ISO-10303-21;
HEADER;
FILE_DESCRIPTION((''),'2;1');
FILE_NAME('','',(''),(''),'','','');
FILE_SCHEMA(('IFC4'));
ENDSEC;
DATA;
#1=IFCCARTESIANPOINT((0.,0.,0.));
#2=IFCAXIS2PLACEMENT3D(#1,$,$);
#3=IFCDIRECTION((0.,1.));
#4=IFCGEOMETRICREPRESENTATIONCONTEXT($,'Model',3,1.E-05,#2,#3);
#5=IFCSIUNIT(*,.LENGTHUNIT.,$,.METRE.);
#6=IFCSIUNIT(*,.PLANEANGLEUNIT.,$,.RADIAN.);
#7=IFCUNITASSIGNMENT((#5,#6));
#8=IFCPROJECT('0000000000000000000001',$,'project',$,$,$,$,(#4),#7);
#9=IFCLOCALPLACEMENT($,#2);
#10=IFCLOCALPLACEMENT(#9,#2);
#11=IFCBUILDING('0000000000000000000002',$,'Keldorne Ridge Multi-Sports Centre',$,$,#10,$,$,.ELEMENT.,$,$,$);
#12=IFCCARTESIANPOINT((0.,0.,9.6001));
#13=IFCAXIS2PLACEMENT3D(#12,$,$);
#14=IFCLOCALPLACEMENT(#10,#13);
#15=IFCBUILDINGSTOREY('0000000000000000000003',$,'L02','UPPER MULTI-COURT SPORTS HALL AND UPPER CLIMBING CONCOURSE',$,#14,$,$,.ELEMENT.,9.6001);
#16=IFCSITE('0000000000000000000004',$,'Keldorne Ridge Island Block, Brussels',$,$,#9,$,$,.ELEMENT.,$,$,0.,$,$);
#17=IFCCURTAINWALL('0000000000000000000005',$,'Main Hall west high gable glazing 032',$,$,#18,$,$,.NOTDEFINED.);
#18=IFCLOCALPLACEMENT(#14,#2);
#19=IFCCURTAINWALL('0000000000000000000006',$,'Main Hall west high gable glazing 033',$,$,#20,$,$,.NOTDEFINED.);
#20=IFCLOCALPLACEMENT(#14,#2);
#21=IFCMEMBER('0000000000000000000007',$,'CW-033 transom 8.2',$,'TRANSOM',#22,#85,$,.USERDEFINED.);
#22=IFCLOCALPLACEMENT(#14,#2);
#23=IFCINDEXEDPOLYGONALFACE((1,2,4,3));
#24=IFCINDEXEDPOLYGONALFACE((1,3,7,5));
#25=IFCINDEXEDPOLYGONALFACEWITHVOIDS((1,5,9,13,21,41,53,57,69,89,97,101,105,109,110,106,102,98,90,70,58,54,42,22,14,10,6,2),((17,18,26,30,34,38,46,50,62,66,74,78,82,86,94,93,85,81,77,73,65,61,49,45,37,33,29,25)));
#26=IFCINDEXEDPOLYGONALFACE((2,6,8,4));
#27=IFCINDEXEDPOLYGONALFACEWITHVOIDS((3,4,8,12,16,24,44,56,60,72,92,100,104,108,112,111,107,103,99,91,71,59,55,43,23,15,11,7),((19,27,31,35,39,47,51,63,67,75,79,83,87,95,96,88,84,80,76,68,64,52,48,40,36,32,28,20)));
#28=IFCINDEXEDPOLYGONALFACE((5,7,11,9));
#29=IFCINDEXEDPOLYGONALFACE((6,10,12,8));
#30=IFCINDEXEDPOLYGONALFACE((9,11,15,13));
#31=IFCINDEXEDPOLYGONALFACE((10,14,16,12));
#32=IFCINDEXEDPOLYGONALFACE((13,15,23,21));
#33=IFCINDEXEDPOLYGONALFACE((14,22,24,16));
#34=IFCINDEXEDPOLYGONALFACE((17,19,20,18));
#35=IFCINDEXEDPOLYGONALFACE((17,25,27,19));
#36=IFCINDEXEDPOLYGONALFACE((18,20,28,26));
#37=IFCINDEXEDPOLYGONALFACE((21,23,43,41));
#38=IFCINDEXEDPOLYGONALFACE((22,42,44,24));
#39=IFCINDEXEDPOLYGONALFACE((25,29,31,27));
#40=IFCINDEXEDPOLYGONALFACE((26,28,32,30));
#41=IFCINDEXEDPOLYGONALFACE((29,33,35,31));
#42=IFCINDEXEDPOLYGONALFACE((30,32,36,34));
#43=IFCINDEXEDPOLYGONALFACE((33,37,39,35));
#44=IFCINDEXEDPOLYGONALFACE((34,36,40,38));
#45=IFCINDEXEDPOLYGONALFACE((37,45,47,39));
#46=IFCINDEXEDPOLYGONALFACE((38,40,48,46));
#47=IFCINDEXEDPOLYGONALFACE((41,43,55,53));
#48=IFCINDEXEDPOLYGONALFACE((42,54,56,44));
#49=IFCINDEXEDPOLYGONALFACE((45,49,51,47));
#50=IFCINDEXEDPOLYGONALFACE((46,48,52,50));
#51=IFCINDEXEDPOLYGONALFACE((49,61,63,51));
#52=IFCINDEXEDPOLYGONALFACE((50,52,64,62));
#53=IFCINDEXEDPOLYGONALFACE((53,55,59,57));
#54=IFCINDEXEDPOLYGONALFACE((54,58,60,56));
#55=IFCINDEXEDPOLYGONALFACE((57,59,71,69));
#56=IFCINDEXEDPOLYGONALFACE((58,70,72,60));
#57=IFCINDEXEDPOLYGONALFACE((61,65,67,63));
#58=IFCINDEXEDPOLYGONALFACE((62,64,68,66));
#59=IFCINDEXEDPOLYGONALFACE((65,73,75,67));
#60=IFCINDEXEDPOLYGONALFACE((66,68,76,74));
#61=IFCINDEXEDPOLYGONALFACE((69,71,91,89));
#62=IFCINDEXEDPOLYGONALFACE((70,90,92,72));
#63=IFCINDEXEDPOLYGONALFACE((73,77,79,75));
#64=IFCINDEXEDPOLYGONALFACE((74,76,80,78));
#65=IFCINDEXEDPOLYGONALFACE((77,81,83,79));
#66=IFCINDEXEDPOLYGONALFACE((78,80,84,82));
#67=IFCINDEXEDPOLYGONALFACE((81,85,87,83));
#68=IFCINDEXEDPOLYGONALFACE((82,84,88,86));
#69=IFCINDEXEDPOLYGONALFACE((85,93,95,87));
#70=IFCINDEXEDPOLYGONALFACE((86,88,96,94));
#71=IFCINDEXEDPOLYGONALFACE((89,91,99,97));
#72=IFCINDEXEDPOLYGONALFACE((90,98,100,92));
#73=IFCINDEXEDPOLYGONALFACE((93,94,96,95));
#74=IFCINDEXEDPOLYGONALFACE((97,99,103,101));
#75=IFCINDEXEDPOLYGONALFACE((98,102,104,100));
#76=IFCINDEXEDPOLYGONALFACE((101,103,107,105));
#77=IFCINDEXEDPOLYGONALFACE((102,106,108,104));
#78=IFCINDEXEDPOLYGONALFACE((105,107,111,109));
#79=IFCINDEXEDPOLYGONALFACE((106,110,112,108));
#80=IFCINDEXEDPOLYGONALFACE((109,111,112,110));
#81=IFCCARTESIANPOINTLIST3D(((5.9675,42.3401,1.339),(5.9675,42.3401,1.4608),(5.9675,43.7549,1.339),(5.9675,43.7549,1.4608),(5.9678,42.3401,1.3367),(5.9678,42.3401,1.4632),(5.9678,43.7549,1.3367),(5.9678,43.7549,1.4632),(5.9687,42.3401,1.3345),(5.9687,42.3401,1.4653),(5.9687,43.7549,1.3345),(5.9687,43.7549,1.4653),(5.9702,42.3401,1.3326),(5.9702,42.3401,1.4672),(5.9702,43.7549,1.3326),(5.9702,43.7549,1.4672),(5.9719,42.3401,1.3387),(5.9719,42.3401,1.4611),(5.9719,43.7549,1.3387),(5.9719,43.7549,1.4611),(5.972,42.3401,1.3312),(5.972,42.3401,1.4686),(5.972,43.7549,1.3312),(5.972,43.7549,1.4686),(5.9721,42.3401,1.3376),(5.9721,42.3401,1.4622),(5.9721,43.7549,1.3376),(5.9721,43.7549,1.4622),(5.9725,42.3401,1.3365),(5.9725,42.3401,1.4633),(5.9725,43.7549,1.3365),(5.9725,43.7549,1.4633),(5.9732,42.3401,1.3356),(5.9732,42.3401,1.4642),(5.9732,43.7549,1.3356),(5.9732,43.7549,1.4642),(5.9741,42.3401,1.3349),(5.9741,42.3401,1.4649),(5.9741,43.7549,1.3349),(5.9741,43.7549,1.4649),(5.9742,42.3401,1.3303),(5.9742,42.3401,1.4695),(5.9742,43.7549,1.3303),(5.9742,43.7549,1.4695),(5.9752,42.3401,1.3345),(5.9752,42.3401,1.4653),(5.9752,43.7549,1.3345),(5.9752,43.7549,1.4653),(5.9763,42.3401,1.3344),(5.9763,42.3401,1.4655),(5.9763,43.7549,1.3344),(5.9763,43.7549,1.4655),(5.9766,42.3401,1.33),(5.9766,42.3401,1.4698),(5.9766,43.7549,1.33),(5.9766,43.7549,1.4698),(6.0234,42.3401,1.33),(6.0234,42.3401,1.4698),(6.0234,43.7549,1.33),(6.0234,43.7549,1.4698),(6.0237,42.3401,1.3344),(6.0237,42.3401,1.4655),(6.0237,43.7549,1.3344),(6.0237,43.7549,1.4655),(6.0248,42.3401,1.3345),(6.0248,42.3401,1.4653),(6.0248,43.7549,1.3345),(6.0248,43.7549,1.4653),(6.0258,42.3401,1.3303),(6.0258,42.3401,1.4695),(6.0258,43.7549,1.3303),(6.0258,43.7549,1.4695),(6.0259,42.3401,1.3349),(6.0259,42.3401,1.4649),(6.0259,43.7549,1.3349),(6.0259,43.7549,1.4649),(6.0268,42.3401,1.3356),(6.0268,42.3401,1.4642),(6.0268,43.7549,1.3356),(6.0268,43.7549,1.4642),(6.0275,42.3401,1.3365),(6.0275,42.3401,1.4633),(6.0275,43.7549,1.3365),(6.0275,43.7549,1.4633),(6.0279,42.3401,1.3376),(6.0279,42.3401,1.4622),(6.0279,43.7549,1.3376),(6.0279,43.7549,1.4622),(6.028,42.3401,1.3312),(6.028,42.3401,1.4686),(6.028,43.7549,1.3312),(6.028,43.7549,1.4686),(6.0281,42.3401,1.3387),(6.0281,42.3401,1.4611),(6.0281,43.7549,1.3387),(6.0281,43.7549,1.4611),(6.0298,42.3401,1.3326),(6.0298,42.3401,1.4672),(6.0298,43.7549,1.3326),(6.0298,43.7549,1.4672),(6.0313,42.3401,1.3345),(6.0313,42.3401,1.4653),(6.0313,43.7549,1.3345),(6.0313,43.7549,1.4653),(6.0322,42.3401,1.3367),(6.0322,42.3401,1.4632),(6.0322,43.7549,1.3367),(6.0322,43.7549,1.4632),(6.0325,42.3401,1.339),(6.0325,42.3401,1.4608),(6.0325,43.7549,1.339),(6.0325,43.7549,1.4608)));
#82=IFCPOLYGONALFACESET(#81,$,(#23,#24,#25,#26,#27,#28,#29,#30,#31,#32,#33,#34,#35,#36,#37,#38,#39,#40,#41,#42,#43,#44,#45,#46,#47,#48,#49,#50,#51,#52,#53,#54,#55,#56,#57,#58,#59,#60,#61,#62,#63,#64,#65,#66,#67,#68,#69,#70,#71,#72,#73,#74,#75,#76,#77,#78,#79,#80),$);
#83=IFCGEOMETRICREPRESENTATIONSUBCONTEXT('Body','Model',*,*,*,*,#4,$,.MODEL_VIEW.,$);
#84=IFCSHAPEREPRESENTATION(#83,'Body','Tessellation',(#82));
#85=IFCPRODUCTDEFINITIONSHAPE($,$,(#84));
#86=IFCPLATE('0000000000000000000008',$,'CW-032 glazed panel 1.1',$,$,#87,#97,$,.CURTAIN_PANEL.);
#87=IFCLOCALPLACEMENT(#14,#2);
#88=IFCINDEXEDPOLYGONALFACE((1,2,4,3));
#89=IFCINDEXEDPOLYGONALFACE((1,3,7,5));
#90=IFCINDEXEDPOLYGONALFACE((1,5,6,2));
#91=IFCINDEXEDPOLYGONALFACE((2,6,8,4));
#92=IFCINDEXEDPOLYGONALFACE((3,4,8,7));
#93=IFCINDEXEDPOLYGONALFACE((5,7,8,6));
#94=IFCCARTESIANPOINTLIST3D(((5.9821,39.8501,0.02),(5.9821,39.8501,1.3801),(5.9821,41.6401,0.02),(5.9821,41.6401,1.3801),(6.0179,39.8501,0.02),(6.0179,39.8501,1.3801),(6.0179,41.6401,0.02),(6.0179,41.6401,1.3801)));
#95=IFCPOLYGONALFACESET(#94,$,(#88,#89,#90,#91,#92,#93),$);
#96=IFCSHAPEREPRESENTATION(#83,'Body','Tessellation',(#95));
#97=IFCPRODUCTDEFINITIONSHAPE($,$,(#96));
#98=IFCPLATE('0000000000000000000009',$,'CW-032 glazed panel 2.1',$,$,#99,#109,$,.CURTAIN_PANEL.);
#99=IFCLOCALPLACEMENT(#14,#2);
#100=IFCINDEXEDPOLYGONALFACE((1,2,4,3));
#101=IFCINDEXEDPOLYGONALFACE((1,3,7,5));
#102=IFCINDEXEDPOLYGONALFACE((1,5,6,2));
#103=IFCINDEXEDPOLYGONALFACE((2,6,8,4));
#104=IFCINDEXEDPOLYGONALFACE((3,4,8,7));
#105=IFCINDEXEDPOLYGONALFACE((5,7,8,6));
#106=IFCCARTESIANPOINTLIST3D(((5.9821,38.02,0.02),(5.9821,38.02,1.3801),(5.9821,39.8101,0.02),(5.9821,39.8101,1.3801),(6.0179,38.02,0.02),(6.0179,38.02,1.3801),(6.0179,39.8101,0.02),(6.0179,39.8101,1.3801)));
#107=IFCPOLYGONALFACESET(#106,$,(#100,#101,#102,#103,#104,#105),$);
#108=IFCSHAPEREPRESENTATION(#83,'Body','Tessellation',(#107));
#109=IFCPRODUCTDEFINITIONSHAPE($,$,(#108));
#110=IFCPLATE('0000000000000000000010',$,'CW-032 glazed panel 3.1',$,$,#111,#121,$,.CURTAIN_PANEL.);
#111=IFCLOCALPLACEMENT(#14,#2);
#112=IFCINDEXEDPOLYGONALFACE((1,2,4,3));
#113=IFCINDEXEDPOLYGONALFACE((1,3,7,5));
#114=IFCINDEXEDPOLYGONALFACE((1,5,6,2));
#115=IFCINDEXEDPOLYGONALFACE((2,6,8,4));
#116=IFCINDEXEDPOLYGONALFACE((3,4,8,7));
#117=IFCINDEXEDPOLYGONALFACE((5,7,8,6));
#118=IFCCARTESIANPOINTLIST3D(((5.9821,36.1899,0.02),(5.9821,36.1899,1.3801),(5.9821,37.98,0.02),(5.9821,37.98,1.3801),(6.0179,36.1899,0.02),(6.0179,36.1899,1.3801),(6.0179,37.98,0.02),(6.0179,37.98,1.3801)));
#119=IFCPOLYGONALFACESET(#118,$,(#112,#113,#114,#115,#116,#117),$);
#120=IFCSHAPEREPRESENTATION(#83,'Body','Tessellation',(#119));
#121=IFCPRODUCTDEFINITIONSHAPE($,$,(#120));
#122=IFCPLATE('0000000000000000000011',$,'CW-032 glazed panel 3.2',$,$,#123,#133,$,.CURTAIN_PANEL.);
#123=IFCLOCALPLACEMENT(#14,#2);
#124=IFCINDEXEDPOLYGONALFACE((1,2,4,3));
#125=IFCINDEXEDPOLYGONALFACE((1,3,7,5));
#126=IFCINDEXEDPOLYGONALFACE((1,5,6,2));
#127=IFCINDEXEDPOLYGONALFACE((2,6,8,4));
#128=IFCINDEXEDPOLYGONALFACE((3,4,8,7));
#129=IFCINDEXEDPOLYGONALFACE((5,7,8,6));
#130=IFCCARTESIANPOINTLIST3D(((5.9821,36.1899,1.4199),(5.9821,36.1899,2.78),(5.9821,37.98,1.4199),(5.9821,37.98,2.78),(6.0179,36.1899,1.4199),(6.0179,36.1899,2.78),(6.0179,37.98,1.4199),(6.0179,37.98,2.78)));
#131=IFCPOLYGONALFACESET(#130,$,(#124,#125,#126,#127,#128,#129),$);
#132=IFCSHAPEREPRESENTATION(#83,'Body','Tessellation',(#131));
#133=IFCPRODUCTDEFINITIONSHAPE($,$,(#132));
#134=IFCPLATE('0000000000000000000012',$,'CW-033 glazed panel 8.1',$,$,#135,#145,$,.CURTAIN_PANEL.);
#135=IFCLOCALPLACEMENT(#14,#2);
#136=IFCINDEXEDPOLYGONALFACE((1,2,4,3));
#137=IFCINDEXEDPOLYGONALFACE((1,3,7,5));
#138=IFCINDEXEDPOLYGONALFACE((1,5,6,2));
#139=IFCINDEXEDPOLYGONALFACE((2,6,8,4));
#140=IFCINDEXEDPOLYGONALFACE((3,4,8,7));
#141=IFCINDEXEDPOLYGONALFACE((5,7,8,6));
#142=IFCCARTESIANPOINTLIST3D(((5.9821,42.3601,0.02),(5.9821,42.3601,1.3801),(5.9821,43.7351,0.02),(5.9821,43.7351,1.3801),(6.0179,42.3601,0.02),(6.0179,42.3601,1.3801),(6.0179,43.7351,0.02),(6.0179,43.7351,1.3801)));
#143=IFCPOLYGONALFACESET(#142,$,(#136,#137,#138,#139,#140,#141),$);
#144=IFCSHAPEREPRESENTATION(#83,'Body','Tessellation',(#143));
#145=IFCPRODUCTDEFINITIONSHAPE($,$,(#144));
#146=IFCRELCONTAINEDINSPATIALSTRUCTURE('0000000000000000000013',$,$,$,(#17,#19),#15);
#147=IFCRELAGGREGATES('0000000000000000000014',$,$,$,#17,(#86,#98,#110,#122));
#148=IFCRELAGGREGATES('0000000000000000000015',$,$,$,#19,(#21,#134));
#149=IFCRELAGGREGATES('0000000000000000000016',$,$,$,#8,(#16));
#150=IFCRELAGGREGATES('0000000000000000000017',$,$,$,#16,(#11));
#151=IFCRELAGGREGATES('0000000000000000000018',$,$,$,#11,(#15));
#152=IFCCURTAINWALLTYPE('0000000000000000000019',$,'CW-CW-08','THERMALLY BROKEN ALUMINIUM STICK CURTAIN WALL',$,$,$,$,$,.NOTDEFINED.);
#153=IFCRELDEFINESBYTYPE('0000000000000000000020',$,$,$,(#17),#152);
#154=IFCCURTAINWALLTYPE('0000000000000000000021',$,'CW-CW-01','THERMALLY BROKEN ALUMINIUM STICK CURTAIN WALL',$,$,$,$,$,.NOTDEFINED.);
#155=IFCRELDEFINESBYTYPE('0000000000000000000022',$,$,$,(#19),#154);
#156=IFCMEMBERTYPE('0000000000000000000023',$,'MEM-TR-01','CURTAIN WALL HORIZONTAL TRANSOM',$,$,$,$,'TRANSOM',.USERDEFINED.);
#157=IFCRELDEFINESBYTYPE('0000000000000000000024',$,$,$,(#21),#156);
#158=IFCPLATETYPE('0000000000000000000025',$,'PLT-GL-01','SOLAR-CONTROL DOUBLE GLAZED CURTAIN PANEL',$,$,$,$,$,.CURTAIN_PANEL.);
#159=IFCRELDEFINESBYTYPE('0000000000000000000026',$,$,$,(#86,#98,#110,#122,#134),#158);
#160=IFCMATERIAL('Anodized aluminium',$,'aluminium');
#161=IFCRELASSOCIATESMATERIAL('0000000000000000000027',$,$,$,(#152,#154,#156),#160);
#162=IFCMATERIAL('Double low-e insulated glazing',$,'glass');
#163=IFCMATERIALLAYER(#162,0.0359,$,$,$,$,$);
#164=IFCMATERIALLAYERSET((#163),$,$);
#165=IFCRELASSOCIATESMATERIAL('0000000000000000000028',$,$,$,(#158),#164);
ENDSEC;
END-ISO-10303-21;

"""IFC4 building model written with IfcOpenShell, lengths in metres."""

from ifc_helpers import new_model, si_unit, direction, frame, origin, origin_2d, place, context, subcontext, project, spatial, rectangle, hollow_rectangle, extrude, material, layer, layer_set, material_profile, profile_set, type_object, element, aggregate, save


model = new_model("IFC4")

# Units and contexts
model_context = context("Model", 3, precision=1e-05, world=origin(), true_north=direction((0.0, 1.0)))
body_context = subcontext(model_context, "Body", "Model", "MODEL_VIEW")
ifc_project = project(units=[si_unit("LENGTHUNIT", "METRE"), si_unit("PLANEANGLEUNIT", "RADIAN")], contexts=[model_context])

# Site, building, storey
site_placement = place(None, origin())
site = spatial("IfcSite", under=ifc_project, at=site_placement, Name="Keldorne Ridge Island Block, Brussels", CompositionType="ELEMENT", RefElevation=0.0)
building_placement = place(site_placement, origin())
building = spatial("IfcBuilding", under=site, at=building_placement, Name="Keldorne Ridge Multi-Sports Centre", CompositionType="ELEMENT")
storey_placement = place(building_placement, frame((0.0, 0.0, 9.6001)))
storey = spatial("IfcBuildingStorey", under=building, at=storey_placement, Name="L02", Description="UPPER MULTI-COURT SPORTS HALL AND UPPER CLIMBING CONCOURSE", CompositionType="ELEMENT", Elevation=9.6001)

# Curtain walls
ifc_material_1 = material(Name="Anodized aluminium", Category="aluminium")
curtain_wall_type_1 = type_object("IfcCurtainWallType", Name="CW-CW-08", Description="THERMALLY BROKEN ALUMINIUM STICK CURTAIN WALL", PredefinedType="NOTDEFINED", material=ifc_material_1)
curtain_wall_1_placement = place(storey_placement, origin())
curtain_wall_1 = element("IfcCurtainWall", 1, at=curtain_wall_1_placement, inside=storey, type_object=curtain_wall_type_1, Name="Main Hall west high gable glazing 032", PredefinedType="NOTDEFINED")
curtain_wall_type_2 = type_object("IfcCurtainWallType", Name="CW-CW-01", Description="THERMALLY BROKEN ALUMINIUM STICK CURTAIN WALL", PredefinedType="NOTDEFINED", material=ifc_material_1)
curtain_wall_2_placement = place(storey_placement, origin())
curtain_wall_2 = element("IfcCurtainWall", 2, at=curtain_wall_2_placement, inside=storey, type_object=curtain_wall_type_2, Name="Main Hall west high gable glazing 033", PredefinedType="NOTDEFINED")

# Member
ifc_material_profile_1 = material_profile(ifc_material_1, hollow_rectangle(XDim=0.0649, YDim=0.1399, WallThickness=0.0044, InnerFilletRadius=0.0044, OuterFilletRadius=0.009, at=origin_2d()), Name="ALU TRANSOM 140x65x4.5")
ifc_profile_set_1 = profile_set([ifc_material_profile_1], Name="Anodized aluminium")
member_type_1 = type_object("IfcMemberType", Name="MEM-TR-01", Description="CURTAIN WALL HORIZONTAL TRANSOM", ElementType="TRANSOM", PredefinedType="USERDEFINED", material=ifc_profile_set_1)
member_1_placement = place(storey_placement, frame((6.0, 43.7549, 1.3999), z_axis=(0.0, -1.0, 0.0), x_axis=(1.0, 0.0, 0.0)))
member_1 = element("IfcMember", 3, at=member_1_placement, type_object=member_type_1, Name="CW-033 transom 8.2", ObjectType="TRANSOM", PredefinedType="USERDEFINED", context=body_context, shape_type="SweptSolid", body=[
    extrude(hollow_rectangle(XDim=0.0649, YDim=0.1399, WallThickness=0.0044, InnerFilletRadius=0.0044, OuterFilletRadius=0.009, at=origin_2d()), origin(), (0.0, 0.0, 1.0), 1.4148),
])

# Plates
ifc_material_2 = material(Name="Double low-e insulated glazing", Category="glass")
ifc_layer = layer(ifc_material_2, 0.0359)
ifc_layer_set = layer_set([ifc_layer])
plate_type = type_object("IfcPlateType", Name="PLT-GL-01", Description="SOLAR-CONTROL DOUBLE GLAZED CURTAIN PANEL", PredefinedType="CURTAIN_PANEL", material=ifc_layer_set)
plate_1_placement = place(storey_placement, frame((6.0, 40.7451, 0.02), z_axis=(0.0, 0.0, 1.0), x_axis=(0.0, -1.0, 0.0)))
plate_1 = element("IfcPlate", 4, at=plate_1_placement, type_object=plate_type, Name="CW-032 glazed panel 1.1", PredefinedType="CURTAIN_PANEL", context=body_context, shape_type="SweptSolid", body=[
    extrude(rectangle(XDim=1.79, YDim=0.0359, at=origin_2d()), origin(), (0.0, 0.0, 1.0), 1.3601),
])
plate_2_placement = place(storey_placement, frame((6.0, 38.915, 0.02), z_axis=(0.0, 0.0, 1.0), x_axis=(0.0, -1.0, 0.0)))
plate_2 = element("IfcPlate", 5, at=plate_2_placement, type_object=plate_type, Name="CW-032 glazed panel 2.1", PredefinedType="CURTAIN_PANEL", context=body_context, shape_type="SweptSolid", body=[
    extrude(rectangle(XDim=1.79, YDim=0.0359, at=origin_2d()), origin(), (0.0, 0.0, 1.0), 1.3601),
])
plate_3_placement = place(storey_placement, frame((6.0, 37.085, 0.02), z_axis=(0.0, 0.0, 1.0), x_axis=(0.0, -1.0, 0.0)))
plate_3 = element("IfcPlate", 6, at=plate_3_placement, type_object=plate_type, Name="CW-032 glazed panel 3.1", PredefinedType="CURTAIN_PANEL", context=body_context, shape_type="SweptSolid", body=[
    extrude(rectangle(XDim=1.79, YDim=0.0359, at=origin_2d()), origin(), (0.0, 0.0, 1.0), 1.3601),
])
plate_4_placement = place(storey_placement, frame((6.0, 37.085, 1.4199), z_axis=(0.0, 0.0, 1.0), x_axis=(0.0, -1.0, 0.0)))
plate_4 = element("IfcPlate", 7, at=plate_4_placement, type_object=plate_type, Name="CW-032 glazed panel 3.2", PredefinedType="CURTAIN_PANEL", context=body_context, shape_type="SweptSolid", body=[
    extrude(rectangle(XDim=1.79, YDim=0.0359, at=origin_2d()), origin(), (0.0, 0.0, 1.0), 1.3601),
])
aggregate(curtain_wall_1, [plate_1, plate_2, plate_3, plate_4])
plate_5_placement = place(storey_placement, frame((6.0, 43.0476, 0.02), z_axis=(0.0, 0.0, 1.0), x_axis=(0.0, -1.0, 0.0)))
plate_5 = element("IfcPlate", 8, at=plate_5_placement, type_object=plate_type, Name="CW-033 glazed panel 8.1", PredefinedType="CURTAIN_PANEL", context=body_context, shape_type="SweptSolid", body=[
    extrude(rectangle(XDim=1.375, YDim=0.0359, at=origin_2d()), origin(), (0.0, 0.0, 1.0), 1.3601),
])
aggregate(curtain_wall_2, [member_1, plate_5])

save(model, "model.ifc")
